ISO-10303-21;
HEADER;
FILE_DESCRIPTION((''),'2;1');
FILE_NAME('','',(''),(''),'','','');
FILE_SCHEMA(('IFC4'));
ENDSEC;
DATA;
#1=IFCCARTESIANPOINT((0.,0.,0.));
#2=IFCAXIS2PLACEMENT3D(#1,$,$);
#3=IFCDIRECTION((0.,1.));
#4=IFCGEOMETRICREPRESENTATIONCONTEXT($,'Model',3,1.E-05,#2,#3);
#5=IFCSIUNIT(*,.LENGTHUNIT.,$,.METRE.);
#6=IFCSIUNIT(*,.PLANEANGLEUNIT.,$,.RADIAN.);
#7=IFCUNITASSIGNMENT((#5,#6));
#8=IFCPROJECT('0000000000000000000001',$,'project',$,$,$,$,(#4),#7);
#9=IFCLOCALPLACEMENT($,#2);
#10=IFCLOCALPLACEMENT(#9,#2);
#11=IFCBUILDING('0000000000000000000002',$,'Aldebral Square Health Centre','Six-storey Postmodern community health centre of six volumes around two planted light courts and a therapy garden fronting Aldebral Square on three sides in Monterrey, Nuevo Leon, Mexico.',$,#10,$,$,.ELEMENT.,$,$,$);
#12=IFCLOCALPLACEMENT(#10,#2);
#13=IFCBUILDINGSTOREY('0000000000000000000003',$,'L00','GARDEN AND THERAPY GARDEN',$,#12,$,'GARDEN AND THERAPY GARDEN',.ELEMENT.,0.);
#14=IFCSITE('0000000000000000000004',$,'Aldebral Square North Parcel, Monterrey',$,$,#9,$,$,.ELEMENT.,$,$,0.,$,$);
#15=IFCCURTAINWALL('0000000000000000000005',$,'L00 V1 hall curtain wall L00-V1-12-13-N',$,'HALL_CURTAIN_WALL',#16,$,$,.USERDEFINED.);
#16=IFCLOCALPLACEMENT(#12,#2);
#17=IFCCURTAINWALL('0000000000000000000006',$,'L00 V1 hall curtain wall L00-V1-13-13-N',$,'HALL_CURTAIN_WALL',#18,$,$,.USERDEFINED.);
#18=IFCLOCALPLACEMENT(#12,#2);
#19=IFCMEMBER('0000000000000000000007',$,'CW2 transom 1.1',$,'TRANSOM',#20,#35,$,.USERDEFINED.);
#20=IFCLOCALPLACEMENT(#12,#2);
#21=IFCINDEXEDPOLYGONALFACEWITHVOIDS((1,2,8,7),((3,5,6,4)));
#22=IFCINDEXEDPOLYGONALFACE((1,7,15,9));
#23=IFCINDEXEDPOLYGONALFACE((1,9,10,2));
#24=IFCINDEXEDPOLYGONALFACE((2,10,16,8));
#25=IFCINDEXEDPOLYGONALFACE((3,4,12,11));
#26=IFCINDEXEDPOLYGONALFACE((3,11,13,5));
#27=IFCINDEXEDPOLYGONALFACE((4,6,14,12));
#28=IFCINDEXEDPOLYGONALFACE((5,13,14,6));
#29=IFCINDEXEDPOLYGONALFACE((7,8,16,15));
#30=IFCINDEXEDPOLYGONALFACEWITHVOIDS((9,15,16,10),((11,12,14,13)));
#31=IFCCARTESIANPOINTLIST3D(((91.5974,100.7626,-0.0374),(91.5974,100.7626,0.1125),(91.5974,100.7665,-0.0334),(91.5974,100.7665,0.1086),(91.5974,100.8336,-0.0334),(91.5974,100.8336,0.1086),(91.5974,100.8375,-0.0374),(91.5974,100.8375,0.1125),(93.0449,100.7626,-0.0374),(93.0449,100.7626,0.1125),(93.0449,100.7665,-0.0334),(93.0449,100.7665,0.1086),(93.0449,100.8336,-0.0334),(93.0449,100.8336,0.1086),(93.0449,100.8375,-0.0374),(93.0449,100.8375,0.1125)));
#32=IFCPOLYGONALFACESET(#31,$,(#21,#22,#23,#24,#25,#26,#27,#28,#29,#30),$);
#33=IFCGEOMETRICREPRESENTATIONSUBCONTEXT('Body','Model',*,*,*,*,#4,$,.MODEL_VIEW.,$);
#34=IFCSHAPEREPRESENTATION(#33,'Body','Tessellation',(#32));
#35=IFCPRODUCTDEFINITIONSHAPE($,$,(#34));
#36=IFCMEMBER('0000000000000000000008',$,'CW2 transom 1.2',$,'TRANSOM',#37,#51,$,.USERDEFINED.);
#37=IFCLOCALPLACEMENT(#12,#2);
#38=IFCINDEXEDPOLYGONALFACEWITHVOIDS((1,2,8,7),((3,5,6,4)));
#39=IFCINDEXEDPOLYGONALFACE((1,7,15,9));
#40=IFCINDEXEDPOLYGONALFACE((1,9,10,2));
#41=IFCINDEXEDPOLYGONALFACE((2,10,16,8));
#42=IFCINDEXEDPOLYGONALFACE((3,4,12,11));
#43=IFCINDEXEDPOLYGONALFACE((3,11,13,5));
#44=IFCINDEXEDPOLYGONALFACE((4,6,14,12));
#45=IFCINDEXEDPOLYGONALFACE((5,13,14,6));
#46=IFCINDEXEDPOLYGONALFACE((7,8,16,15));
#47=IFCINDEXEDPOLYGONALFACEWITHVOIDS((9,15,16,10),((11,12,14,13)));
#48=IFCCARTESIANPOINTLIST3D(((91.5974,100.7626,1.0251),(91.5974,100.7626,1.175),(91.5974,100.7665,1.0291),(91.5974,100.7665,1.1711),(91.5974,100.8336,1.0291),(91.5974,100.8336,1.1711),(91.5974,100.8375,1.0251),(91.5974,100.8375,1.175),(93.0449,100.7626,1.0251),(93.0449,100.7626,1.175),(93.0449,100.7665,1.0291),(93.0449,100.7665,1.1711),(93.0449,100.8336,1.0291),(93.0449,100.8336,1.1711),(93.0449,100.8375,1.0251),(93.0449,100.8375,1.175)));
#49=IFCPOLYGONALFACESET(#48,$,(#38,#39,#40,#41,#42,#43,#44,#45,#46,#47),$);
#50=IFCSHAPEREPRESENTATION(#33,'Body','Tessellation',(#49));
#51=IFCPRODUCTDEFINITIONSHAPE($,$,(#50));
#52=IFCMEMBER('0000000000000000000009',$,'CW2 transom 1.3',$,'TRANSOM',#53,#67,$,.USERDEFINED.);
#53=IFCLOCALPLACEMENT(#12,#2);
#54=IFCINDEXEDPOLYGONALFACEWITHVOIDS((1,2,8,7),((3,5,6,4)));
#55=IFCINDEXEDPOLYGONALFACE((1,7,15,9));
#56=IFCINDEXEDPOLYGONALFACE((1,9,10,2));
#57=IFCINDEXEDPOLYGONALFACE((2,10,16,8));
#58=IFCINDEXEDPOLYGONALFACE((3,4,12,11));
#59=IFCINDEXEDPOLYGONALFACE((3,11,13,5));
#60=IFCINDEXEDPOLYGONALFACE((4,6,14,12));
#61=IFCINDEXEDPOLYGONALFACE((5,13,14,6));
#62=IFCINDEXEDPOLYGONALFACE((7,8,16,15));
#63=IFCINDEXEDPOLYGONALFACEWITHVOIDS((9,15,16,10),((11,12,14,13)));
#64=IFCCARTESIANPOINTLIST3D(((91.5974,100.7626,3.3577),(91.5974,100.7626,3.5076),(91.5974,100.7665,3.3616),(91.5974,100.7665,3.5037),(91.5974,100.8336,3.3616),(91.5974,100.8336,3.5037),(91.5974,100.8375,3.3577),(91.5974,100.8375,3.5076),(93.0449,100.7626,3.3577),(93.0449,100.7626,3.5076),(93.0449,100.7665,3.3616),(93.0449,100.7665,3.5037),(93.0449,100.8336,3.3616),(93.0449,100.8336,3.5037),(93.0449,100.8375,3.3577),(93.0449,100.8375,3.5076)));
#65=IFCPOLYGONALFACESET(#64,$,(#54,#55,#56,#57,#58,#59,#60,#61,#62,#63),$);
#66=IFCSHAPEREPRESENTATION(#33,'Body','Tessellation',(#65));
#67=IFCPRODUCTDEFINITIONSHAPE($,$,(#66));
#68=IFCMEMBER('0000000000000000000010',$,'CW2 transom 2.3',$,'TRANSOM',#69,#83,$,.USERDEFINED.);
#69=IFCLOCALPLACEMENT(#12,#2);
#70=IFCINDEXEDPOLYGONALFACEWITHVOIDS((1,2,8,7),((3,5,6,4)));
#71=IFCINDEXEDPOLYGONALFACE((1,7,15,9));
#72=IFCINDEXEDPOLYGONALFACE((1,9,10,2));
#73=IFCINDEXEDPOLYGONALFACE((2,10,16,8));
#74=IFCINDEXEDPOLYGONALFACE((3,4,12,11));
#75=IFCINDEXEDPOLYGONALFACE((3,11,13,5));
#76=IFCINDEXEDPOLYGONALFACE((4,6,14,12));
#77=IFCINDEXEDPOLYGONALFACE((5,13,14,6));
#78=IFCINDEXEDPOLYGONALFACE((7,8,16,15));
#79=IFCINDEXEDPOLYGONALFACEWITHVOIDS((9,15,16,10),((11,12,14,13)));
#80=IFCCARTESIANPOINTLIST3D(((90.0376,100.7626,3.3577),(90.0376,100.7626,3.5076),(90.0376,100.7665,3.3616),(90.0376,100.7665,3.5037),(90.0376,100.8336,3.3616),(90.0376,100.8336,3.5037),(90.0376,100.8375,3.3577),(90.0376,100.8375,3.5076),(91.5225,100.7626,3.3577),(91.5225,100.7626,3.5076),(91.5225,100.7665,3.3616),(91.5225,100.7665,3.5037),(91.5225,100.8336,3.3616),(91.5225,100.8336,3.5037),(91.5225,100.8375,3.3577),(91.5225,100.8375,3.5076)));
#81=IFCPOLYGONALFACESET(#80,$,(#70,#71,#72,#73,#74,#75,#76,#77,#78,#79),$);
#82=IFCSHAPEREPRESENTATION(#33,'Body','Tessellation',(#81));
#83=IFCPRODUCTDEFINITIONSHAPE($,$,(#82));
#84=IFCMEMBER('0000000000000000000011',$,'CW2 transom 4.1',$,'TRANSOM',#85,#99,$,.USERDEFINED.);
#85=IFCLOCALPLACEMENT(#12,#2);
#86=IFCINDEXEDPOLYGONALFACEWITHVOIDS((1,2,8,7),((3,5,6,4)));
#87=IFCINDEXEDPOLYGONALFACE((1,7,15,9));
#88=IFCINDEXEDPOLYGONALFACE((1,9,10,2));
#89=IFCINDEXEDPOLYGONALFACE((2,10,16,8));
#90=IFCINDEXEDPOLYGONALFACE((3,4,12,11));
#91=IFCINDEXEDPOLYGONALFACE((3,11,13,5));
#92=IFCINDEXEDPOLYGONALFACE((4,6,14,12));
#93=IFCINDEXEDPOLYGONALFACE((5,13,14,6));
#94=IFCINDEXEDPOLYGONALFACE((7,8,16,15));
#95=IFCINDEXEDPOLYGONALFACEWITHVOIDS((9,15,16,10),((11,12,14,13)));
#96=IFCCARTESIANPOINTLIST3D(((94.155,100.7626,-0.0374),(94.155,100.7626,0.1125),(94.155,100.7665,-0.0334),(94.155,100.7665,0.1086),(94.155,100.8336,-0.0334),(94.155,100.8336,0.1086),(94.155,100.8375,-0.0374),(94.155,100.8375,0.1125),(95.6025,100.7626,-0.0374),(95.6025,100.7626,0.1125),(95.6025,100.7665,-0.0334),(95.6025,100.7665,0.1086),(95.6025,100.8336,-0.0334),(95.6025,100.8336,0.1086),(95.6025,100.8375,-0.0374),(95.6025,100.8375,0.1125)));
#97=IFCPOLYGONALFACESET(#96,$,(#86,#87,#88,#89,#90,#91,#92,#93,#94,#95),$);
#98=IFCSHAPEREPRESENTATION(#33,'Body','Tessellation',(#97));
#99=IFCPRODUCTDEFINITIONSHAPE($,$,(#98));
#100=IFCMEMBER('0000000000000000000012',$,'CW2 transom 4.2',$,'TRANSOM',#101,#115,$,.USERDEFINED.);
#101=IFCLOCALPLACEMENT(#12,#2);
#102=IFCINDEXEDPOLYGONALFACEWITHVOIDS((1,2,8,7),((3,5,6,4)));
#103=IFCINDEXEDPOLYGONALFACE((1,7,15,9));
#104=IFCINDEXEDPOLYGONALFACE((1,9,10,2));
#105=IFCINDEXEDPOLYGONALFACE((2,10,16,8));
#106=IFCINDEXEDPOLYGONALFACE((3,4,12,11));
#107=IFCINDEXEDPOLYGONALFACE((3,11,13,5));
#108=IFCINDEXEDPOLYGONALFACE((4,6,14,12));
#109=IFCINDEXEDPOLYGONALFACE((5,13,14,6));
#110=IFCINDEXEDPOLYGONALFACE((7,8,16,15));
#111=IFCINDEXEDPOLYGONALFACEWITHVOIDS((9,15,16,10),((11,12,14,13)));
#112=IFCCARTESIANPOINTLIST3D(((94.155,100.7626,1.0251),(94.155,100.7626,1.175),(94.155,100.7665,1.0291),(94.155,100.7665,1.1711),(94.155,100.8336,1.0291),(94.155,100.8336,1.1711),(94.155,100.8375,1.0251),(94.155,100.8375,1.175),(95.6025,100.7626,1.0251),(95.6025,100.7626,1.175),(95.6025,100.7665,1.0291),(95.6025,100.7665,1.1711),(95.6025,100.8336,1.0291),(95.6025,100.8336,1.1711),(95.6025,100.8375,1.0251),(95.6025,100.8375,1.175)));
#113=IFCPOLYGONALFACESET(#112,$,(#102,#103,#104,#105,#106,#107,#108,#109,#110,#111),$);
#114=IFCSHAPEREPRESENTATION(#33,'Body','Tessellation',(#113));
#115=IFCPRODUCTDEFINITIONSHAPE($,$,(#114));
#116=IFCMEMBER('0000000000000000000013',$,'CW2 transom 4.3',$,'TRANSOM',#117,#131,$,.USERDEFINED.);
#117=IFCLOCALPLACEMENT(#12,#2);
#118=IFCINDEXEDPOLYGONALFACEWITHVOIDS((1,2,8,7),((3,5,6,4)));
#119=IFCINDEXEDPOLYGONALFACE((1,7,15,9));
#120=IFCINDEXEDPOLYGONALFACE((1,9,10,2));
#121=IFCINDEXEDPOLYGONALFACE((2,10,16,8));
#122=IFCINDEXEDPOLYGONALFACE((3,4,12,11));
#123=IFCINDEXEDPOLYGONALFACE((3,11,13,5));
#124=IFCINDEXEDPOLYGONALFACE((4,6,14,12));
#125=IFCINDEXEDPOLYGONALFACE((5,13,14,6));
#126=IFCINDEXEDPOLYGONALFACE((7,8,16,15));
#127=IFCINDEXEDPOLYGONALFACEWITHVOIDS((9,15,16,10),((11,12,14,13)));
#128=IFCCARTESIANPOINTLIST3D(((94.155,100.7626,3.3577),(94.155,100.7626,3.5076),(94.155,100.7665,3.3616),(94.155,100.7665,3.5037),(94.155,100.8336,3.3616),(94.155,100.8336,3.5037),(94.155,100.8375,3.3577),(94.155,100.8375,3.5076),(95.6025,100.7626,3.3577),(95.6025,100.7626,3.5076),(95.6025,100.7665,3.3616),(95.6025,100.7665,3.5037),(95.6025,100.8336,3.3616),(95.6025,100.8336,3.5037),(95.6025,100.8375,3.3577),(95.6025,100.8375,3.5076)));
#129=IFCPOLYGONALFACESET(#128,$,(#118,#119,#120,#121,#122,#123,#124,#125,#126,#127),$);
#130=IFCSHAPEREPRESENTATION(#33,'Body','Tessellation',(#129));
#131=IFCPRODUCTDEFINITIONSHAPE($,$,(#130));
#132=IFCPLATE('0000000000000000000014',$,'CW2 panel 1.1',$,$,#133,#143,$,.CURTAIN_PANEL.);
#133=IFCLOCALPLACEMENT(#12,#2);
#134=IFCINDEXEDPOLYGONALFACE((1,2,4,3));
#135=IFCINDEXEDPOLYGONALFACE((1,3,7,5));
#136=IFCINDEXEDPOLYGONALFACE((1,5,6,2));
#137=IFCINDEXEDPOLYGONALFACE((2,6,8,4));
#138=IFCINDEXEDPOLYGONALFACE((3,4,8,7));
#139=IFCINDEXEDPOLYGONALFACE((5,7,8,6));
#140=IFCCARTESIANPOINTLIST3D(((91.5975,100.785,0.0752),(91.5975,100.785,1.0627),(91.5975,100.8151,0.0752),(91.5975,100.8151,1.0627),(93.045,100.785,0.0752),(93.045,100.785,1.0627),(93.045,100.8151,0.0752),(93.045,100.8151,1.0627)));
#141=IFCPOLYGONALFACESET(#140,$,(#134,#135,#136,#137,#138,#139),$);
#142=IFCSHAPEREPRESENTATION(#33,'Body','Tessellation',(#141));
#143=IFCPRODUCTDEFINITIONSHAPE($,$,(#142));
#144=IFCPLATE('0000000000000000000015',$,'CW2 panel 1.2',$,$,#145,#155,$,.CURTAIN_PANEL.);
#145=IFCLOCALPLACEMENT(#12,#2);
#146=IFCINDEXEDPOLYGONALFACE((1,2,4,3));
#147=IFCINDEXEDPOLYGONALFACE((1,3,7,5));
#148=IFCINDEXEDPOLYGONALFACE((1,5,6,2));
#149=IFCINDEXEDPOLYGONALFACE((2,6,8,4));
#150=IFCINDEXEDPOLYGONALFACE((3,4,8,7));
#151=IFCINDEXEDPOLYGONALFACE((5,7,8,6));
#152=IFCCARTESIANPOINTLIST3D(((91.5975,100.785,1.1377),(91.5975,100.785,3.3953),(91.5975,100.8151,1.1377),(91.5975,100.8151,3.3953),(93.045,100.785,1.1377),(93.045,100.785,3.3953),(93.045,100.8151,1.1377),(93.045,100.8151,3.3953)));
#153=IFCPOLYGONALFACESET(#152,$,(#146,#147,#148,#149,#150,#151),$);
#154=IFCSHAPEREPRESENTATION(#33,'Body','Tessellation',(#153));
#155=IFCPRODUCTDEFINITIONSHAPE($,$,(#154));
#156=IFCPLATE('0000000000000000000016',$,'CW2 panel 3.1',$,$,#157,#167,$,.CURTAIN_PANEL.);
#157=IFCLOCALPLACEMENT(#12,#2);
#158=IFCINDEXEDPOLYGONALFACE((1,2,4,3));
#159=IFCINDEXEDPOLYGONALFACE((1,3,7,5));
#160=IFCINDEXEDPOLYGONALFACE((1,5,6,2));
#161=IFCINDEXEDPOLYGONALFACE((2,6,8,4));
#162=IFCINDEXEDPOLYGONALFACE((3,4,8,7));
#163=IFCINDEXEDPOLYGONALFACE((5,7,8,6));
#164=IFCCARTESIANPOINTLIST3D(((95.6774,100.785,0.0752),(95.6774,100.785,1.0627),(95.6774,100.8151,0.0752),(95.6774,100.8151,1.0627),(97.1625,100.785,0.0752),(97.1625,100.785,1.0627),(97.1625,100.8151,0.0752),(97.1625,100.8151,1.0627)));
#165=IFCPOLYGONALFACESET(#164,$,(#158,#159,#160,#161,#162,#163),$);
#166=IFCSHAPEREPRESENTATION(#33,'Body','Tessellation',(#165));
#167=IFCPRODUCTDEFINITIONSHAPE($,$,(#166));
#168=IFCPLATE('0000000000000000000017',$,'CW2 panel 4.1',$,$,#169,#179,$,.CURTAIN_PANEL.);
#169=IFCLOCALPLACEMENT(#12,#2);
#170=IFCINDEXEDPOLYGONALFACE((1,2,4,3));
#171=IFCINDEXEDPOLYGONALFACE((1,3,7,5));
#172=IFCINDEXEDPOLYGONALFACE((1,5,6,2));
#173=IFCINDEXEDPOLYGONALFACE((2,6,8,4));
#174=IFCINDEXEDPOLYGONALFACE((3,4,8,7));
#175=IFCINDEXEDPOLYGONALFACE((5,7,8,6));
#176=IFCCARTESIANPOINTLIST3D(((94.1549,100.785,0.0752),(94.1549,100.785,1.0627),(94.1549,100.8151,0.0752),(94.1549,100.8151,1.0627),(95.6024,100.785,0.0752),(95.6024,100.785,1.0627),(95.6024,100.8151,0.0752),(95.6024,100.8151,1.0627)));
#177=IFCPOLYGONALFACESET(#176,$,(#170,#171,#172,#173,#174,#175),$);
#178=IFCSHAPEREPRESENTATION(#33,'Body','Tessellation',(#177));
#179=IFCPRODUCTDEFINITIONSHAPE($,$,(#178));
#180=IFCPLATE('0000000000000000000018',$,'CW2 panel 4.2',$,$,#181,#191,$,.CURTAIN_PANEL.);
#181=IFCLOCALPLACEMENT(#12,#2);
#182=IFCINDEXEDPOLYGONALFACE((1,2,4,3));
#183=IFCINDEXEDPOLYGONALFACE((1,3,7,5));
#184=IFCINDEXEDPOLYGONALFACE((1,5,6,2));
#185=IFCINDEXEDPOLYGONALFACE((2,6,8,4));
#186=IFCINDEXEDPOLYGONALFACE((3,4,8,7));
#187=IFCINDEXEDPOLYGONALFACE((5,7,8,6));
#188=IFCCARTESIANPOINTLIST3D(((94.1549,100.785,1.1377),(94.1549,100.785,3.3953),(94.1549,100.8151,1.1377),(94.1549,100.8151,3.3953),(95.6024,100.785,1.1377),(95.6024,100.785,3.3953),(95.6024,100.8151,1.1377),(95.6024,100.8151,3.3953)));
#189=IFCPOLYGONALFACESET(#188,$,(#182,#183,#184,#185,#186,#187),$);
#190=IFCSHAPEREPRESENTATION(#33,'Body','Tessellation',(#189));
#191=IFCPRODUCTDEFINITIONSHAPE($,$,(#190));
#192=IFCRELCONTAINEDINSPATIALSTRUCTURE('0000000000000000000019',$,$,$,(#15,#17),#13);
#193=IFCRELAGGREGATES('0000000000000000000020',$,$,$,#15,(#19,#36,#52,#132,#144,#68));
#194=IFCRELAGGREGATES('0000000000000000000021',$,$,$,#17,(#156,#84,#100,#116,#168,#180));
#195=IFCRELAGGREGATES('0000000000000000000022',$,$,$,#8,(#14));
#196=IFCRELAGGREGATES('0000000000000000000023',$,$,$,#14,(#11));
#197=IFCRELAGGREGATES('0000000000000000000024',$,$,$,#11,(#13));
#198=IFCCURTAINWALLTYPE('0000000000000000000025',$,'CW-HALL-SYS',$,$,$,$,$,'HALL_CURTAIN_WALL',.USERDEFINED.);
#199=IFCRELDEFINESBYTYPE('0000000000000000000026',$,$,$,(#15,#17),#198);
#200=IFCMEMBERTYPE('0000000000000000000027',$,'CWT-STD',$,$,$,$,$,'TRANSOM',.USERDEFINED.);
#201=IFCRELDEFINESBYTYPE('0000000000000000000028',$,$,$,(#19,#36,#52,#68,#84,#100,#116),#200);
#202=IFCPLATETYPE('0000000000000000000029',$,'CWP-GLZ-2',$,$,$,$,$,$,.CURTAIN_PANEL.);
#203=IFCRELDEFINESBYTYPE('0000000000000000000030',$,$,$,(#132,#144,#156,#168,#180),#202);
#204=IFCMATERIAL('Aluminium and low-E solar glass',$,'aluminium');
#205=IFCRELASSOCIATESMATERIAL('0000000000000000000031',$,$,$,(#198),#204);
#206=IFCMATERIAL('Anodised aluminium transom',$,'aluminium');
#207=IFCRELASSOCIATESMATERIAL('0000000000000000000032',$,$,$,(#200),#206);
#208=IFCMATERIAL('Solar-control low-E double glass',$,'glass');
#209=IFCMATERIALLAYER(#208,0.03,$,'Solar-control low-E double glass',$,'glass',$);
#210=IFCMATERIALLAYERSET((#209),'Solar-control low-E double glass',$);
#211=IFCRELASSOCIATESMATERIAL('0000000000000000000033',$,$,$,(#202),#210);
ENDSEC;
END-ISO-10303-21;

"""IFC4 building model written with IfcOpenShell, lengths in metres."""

from ifc_helpers import new_model, si_unit, direction, frame, origin, origin_2d, place, context, subcontext, project, spatial, rectangle, hollow_rectangle, extrude, material, layer, layer_set, material_profile, profile_set, type_object, element, aggregate, save


model = new_model("IFC4")

# Units and contexts
model_context = context("Model", 3, precision=1e-05, world=origin(), true_north=direction((0.0, 1.0)))
body_context = subcontext(model_context, "Body", "Model", "MODEL_VIEW")
ifc_project = project(units=[si_unit("LENGTHUNIT", "METRE"), si_unit("PLANEANGLEUNIT", "RADIAN")], contexts=[model_context])

# Site, building, storey
site_placement = place(None, origin())
site = spatial("IfcSite", under=ifc_project, at=site_placement, Name="Aldebral Square North Parcel, Monterrey", CompositionType="ELEMENT", RefElevation=0.0)
building_placement = place(site_placement, origin())
building = spatial("IfcBuilding", under=site, at=building_placement, Name="Aldebral Square Health Centre", Description="Six-storey Postmodern community health centre of six volumes around two planted light courts and a therapy garden fronting Aldebral Square on three sides in Monterrey, Nuevo Leon, Mexico.", CompositionType="ELEMENT")
storey_placement = place(building_placement, origin())
storey = spatial("IfcBuildingStorey", under=building, at=storey_placement, Name="L00", Description="GARDEN AND THERAPY GARDEN", LongName="GARDEN AND THERAPY GARDEN", CompositionType="ELEMENT", Elevation=0.0)

# Curtain walls
ifc_material_1 = material(Name="Aluminium and low-E solar glass", Category="aluminium")
curtain_wall_type = type_object("IfcCurtainWallType", Name="CW-HALL-SYS", ElementType="HALL_CURTAIN_WALL", PredefinedType="USERDEFINED", material=ifc_material_1)
curtain_wall_1_placement = place(storey_placement, origin())
curtain_wall_1 = element("IfcCurtainWall", 1, at=curtain_wall_1_placement, inside=storey, type_object=curtain_wall_type, Name="L00 V1 hall curtain wall L00-V1-12-13-N", ObjectType="HALL_CURTAIN_WALL", PredefinedType="USERDEFINED")
curtain_wall_2_placement = place(storey_placement, origin())
curtain_wall_2 = element("IfcCurtainWall", 2, at=curtain_wall_2_placement, inside=storey, type_object=curtain_wall_type, Name="L00 V1 hall curtain wall L00-V1-13-13-N", ObjectType="HALL_CURTAIN_WALL", PredefinedType="USERDEFINED")

# Members
ifc_material_2 = material(Name="Anodised aluminium transom", Category="aluminium")
ifc_material_profile_1 = material_profile(ifc_material_2, hollow_rectangle(XDim=0.075, YDim=0.1499, WallThickness=0.0039, at=origin_2d()), Name="CWT 75x150x4")
ifc_profile_set_1 = profile_set([ifc_material_profile_1], Name="Anodised aluminium transom")
member_type_1 = type_object("IfcMemberType", Name="CWT-STD", ElementType="TRANSOM", PredefinedType="USERDEFINED", material=ifc_profile_set_1)
member_1_placement = place(storey_placement, frame((93.0449, 100.8, 0.0376), z_axis=(-1.0, 0.0, 0.0), x_axis=(0.0, -1.0, 0.0)))
member_1 = element("IfcMember", 3, at=member_1_placement, type_object=member_type_1, Name="CW2 transom 1.1", ObjectType="TRANSOM", PredefinedType="USERDEFINED", context=body_context, shape_type="SweptSolid", body=[
    extrude(hollow_rectangle(XDim=0.075, YDim=0.1499, WallThickness=0.0039, at=origin_2d()), origin(), (0.0, 0.0, 1.0), 1.4475),
])
member_2_placement = place(storey_placement, frame((93.0449, 100.8, 1.1001), z_axis=(-1.0, 0.0, 0.0), x_axis=(0.0, -1.0, 0.0)))
member_2 = element("IfcMember", 4, at=member_2_placement, type_object=member_type_1, Name="CW2 transom 1.2", ObjectType="TRANSOM", PredefinedType="USERDEFINED", context=body_context, shape_type="SweptSolid", body=[
    extrude(hollow_rectangle(XDim=0.075, YDim=0.1499, WallThickness=0.0039, at=origin_2d()), origin(), (0.0, 0.0, 1.0), 1.4475),
])
member_3_placement = place(storey_placement, frame((93.0449, 100.8, 3.4326), z_axis=(-1.0, 0.0, 0.0), x_axis=(0.0, -1.0, 0.0)))
member_3 = element("IfcMember", 5, at=member_3_placement, type_object=member_type_1, Name="CW2 transom 1.3", ObjectType="TRANSOM", PredefinedType="USERDEFINED", context=body_context, shape_type="SweptSolid", body=[
    extrude(hollow_rectangle(XDim=0.075, YDim=0.1499, WallThickness=0.0039, at=origin_2d()), origin(), (0.0, 0.0, 1.0), 1.4475),
])
member_4_placement = place(storey_placement, frame((91.5225, 100.8, 3.4326), z_axis=(-1.0, 0.0, 0.0), x_axis=(0.0, -1.0, 0.0)))
member_4 = element("IfcMember", 6, at=member_4_placement, type_object=member_type_1, Name="CW2 transom 2.3", ObjectType="TRANSOM", PredefinedType="USERDEFINED", context=body_context, shape_type="SweptSolid", body=[
    extrude(hollow_rectangle(XDim=0.075, YDim=0.1499, WallThickness=0.0039, at=origin_2d()), origin(), (0.0, 0.0, 1.0), 1.4849),
])
member_5_placement = place(storey_placement, frame((95.6025, 100.8, 0.0376), z_axis=(-1.0, 0.0, 0.0), x_axis=(0.0, -1.0, 0.0)))
member_5 = element("IfcMember", 7, at=member_5_placement, type_object=member_type_1, Name="CW2 transom 4.1", ObjectType="TRANSOM", PredefinedType="USERDEFINED", context=body_context, shape_type="SweptSolid", body=[
    extrude(hollow_rectangle(XDim=0.075, YDim=0.1499, WallThickness=0.0039, at=origin_2d()), origin(), (0.0, 0.0, 1.0), 1.4475),
])
member_6_placement = place(storey_placement, frame((95.6025, 100.8, 1.1001), z_axis=(-1.0, 0.0, 0.0), x_axis=(0.0, -1.0, 0.0)))
member_6 = element("IfcMember", 8, at=member_6_placement, type_object=member_type_1, Name="CW2 transom 4.2", ObjectType="TRANSOM", PredefinedType="USERDEFINED", context=body_context, shape_type="SweptSolid", body=[
    extrude(hollow_rectangle(XDim=0.075, YDim=0.1499, WallThickness=0.0039, at=origin_2d()), origin(), (0.0, 0.0, 1.0), 1.4475),
])
member_7_placement = place(storey_placement, frame((95.6025, 100.8, 3.4326), z_axis=(-1.0, 0.0, 0.0), x_axis=(0.0, -1.0, 0.0)))
member_7 = element("IfcMember", 9, at=member_7_placement, type_object=member_type_1, Name="CW2 transom 4.3", ObjectType="TRANSOM", PredefinedType="USERDEFINED", context=body_context, shape_type="SweptSolid", body=[
    extrude(hollow_rectangle(XDim=0.075, YDim=0.1499, WallThickness=0.0039, at=origin_2d()), origin(), (0.0, 0.0, 1.0), 1.4475),
])

# Plates
ifc_material_3 = material(Name="Solar-control low-E double glass", Category="glass")
ifc_layer_1 = layer(ifc_material_3, 0.03, Name="Solar-control low-E double glass", Category="glass")
ifc_layer_set_1 = layer_set([ifc_layer_1], Name="Solar-control low-E double glass")
plate_type = type_object("IfcPlateType", Name="CWP-GLZ-2", PredefinedType="CURTAIN_PANEL", material=ifc_layer_set_1)
plate_1_placement = place(storey_placement, frame((92.3213, 100.8, 0.0752), z_axis=(0.0, 0.0, 1.0), x_axis=(-1.0, 0.0, 0.0)))
plate_1 = element("IfcPlate", 10, at=plate_1_placement, type_object=plate_type, Name="CW2 panel 1.1", PredefinedType="CURTAIN_PANEL", context=body_context, shape_type="SweptSolid", body=[
    extrude(rectangle(XDim=1.4475, YDim=0.03, at=origin_2d()), origin(), (0.0, 0.0, 1.0), 0.9875),
])
plate_2_placement = place(storey_placement, frame((92.3213, 100.8, 1.1377), z_axis=(0.0, 0.0, 1.0), x_axis=(-1.0, 0.0, 0.0)))
plate_2 = element("IfcPlate", 11, at=plate_2_placement, type_object=plate_type, Name="CW2 panel 1.2", PredefinedType="CURTAIN_PANEL", context=body_context, shape_type="SweptSolid", body=[
    extrude(rectangle(XDim=1.4475, YDim=0.03, at=origin_2d()), origin(), (0.0, 0.0, 1.0), 2.2576),
])
aggregate(curtain_wall_1, [member_1, member_2, member_3, plate_1, plate_2, member_4])
plate_3_placement = place(storey_placement, frame((96.4199, 100.8, 0.0752), z_axis=(0.0, 0.0, 1.0), x_axis=(-1.0, 0.0, 0.0)))
plate_3 = element("IfcPlate", 12, at=plate_3_placement, type_object=plate_type, Name="CW2 panel 3.1", PredefinedType="CURTAIN_PANEL", context=body_context, shape_type="SweptSolid", body=[
    extrude(rectangle(XDim=1.4851, YDim=0.03, at=origin_2d()), origin(), (0.0, 0.0, 1.0), 0.9875),
])
plate_4_placement = place(storey_placement, frame((94.8787, 100.8, 0.0752), z_axis=(0.0, 0.0, 1.0), x_axis=(-1.0, 0.0, 0.0)))
plate_4 = element("IfcPlate", 13, at=plate_4_placement, type_object=plate_type, Name="CW2 panel 4.1", PredefinedType="CURTAIN_PANEL", context=body_context, shape_type="SweptSolid", body=[
    extrude(rectangle(XDim=1.4475, YDim=0.03, at=origin_2d()), origin(), (0.0, 0.0, 1.0), 0.9875),
])
plate_5_placement = place(storey_placement, frame((94.8787, 100.8, 1.1377), z_axis=(0.0, 0.0, 1.0), x_axis=(-1.0, 0.0, 0.0)))
plate_5 = element("IfcPlate", 14, at=plate_5_placement, type_object=plate_type, Name="CW2 panel 4.2", PredefinedType="CURTAIN_PANEL", context=body_context, shape_type="SweptSolid", body=[
    extrude(rectangle(XDim=1.4475, YDim=0.03, at=origin_2d()), origin(), (0.0, 0.0, 1.0), 2.2576),
])
aggregate(curtain_wall_2, [plate_3, member_5, member_6, member_7, plate_4, plate_5])

save(model, "model.ifc")
